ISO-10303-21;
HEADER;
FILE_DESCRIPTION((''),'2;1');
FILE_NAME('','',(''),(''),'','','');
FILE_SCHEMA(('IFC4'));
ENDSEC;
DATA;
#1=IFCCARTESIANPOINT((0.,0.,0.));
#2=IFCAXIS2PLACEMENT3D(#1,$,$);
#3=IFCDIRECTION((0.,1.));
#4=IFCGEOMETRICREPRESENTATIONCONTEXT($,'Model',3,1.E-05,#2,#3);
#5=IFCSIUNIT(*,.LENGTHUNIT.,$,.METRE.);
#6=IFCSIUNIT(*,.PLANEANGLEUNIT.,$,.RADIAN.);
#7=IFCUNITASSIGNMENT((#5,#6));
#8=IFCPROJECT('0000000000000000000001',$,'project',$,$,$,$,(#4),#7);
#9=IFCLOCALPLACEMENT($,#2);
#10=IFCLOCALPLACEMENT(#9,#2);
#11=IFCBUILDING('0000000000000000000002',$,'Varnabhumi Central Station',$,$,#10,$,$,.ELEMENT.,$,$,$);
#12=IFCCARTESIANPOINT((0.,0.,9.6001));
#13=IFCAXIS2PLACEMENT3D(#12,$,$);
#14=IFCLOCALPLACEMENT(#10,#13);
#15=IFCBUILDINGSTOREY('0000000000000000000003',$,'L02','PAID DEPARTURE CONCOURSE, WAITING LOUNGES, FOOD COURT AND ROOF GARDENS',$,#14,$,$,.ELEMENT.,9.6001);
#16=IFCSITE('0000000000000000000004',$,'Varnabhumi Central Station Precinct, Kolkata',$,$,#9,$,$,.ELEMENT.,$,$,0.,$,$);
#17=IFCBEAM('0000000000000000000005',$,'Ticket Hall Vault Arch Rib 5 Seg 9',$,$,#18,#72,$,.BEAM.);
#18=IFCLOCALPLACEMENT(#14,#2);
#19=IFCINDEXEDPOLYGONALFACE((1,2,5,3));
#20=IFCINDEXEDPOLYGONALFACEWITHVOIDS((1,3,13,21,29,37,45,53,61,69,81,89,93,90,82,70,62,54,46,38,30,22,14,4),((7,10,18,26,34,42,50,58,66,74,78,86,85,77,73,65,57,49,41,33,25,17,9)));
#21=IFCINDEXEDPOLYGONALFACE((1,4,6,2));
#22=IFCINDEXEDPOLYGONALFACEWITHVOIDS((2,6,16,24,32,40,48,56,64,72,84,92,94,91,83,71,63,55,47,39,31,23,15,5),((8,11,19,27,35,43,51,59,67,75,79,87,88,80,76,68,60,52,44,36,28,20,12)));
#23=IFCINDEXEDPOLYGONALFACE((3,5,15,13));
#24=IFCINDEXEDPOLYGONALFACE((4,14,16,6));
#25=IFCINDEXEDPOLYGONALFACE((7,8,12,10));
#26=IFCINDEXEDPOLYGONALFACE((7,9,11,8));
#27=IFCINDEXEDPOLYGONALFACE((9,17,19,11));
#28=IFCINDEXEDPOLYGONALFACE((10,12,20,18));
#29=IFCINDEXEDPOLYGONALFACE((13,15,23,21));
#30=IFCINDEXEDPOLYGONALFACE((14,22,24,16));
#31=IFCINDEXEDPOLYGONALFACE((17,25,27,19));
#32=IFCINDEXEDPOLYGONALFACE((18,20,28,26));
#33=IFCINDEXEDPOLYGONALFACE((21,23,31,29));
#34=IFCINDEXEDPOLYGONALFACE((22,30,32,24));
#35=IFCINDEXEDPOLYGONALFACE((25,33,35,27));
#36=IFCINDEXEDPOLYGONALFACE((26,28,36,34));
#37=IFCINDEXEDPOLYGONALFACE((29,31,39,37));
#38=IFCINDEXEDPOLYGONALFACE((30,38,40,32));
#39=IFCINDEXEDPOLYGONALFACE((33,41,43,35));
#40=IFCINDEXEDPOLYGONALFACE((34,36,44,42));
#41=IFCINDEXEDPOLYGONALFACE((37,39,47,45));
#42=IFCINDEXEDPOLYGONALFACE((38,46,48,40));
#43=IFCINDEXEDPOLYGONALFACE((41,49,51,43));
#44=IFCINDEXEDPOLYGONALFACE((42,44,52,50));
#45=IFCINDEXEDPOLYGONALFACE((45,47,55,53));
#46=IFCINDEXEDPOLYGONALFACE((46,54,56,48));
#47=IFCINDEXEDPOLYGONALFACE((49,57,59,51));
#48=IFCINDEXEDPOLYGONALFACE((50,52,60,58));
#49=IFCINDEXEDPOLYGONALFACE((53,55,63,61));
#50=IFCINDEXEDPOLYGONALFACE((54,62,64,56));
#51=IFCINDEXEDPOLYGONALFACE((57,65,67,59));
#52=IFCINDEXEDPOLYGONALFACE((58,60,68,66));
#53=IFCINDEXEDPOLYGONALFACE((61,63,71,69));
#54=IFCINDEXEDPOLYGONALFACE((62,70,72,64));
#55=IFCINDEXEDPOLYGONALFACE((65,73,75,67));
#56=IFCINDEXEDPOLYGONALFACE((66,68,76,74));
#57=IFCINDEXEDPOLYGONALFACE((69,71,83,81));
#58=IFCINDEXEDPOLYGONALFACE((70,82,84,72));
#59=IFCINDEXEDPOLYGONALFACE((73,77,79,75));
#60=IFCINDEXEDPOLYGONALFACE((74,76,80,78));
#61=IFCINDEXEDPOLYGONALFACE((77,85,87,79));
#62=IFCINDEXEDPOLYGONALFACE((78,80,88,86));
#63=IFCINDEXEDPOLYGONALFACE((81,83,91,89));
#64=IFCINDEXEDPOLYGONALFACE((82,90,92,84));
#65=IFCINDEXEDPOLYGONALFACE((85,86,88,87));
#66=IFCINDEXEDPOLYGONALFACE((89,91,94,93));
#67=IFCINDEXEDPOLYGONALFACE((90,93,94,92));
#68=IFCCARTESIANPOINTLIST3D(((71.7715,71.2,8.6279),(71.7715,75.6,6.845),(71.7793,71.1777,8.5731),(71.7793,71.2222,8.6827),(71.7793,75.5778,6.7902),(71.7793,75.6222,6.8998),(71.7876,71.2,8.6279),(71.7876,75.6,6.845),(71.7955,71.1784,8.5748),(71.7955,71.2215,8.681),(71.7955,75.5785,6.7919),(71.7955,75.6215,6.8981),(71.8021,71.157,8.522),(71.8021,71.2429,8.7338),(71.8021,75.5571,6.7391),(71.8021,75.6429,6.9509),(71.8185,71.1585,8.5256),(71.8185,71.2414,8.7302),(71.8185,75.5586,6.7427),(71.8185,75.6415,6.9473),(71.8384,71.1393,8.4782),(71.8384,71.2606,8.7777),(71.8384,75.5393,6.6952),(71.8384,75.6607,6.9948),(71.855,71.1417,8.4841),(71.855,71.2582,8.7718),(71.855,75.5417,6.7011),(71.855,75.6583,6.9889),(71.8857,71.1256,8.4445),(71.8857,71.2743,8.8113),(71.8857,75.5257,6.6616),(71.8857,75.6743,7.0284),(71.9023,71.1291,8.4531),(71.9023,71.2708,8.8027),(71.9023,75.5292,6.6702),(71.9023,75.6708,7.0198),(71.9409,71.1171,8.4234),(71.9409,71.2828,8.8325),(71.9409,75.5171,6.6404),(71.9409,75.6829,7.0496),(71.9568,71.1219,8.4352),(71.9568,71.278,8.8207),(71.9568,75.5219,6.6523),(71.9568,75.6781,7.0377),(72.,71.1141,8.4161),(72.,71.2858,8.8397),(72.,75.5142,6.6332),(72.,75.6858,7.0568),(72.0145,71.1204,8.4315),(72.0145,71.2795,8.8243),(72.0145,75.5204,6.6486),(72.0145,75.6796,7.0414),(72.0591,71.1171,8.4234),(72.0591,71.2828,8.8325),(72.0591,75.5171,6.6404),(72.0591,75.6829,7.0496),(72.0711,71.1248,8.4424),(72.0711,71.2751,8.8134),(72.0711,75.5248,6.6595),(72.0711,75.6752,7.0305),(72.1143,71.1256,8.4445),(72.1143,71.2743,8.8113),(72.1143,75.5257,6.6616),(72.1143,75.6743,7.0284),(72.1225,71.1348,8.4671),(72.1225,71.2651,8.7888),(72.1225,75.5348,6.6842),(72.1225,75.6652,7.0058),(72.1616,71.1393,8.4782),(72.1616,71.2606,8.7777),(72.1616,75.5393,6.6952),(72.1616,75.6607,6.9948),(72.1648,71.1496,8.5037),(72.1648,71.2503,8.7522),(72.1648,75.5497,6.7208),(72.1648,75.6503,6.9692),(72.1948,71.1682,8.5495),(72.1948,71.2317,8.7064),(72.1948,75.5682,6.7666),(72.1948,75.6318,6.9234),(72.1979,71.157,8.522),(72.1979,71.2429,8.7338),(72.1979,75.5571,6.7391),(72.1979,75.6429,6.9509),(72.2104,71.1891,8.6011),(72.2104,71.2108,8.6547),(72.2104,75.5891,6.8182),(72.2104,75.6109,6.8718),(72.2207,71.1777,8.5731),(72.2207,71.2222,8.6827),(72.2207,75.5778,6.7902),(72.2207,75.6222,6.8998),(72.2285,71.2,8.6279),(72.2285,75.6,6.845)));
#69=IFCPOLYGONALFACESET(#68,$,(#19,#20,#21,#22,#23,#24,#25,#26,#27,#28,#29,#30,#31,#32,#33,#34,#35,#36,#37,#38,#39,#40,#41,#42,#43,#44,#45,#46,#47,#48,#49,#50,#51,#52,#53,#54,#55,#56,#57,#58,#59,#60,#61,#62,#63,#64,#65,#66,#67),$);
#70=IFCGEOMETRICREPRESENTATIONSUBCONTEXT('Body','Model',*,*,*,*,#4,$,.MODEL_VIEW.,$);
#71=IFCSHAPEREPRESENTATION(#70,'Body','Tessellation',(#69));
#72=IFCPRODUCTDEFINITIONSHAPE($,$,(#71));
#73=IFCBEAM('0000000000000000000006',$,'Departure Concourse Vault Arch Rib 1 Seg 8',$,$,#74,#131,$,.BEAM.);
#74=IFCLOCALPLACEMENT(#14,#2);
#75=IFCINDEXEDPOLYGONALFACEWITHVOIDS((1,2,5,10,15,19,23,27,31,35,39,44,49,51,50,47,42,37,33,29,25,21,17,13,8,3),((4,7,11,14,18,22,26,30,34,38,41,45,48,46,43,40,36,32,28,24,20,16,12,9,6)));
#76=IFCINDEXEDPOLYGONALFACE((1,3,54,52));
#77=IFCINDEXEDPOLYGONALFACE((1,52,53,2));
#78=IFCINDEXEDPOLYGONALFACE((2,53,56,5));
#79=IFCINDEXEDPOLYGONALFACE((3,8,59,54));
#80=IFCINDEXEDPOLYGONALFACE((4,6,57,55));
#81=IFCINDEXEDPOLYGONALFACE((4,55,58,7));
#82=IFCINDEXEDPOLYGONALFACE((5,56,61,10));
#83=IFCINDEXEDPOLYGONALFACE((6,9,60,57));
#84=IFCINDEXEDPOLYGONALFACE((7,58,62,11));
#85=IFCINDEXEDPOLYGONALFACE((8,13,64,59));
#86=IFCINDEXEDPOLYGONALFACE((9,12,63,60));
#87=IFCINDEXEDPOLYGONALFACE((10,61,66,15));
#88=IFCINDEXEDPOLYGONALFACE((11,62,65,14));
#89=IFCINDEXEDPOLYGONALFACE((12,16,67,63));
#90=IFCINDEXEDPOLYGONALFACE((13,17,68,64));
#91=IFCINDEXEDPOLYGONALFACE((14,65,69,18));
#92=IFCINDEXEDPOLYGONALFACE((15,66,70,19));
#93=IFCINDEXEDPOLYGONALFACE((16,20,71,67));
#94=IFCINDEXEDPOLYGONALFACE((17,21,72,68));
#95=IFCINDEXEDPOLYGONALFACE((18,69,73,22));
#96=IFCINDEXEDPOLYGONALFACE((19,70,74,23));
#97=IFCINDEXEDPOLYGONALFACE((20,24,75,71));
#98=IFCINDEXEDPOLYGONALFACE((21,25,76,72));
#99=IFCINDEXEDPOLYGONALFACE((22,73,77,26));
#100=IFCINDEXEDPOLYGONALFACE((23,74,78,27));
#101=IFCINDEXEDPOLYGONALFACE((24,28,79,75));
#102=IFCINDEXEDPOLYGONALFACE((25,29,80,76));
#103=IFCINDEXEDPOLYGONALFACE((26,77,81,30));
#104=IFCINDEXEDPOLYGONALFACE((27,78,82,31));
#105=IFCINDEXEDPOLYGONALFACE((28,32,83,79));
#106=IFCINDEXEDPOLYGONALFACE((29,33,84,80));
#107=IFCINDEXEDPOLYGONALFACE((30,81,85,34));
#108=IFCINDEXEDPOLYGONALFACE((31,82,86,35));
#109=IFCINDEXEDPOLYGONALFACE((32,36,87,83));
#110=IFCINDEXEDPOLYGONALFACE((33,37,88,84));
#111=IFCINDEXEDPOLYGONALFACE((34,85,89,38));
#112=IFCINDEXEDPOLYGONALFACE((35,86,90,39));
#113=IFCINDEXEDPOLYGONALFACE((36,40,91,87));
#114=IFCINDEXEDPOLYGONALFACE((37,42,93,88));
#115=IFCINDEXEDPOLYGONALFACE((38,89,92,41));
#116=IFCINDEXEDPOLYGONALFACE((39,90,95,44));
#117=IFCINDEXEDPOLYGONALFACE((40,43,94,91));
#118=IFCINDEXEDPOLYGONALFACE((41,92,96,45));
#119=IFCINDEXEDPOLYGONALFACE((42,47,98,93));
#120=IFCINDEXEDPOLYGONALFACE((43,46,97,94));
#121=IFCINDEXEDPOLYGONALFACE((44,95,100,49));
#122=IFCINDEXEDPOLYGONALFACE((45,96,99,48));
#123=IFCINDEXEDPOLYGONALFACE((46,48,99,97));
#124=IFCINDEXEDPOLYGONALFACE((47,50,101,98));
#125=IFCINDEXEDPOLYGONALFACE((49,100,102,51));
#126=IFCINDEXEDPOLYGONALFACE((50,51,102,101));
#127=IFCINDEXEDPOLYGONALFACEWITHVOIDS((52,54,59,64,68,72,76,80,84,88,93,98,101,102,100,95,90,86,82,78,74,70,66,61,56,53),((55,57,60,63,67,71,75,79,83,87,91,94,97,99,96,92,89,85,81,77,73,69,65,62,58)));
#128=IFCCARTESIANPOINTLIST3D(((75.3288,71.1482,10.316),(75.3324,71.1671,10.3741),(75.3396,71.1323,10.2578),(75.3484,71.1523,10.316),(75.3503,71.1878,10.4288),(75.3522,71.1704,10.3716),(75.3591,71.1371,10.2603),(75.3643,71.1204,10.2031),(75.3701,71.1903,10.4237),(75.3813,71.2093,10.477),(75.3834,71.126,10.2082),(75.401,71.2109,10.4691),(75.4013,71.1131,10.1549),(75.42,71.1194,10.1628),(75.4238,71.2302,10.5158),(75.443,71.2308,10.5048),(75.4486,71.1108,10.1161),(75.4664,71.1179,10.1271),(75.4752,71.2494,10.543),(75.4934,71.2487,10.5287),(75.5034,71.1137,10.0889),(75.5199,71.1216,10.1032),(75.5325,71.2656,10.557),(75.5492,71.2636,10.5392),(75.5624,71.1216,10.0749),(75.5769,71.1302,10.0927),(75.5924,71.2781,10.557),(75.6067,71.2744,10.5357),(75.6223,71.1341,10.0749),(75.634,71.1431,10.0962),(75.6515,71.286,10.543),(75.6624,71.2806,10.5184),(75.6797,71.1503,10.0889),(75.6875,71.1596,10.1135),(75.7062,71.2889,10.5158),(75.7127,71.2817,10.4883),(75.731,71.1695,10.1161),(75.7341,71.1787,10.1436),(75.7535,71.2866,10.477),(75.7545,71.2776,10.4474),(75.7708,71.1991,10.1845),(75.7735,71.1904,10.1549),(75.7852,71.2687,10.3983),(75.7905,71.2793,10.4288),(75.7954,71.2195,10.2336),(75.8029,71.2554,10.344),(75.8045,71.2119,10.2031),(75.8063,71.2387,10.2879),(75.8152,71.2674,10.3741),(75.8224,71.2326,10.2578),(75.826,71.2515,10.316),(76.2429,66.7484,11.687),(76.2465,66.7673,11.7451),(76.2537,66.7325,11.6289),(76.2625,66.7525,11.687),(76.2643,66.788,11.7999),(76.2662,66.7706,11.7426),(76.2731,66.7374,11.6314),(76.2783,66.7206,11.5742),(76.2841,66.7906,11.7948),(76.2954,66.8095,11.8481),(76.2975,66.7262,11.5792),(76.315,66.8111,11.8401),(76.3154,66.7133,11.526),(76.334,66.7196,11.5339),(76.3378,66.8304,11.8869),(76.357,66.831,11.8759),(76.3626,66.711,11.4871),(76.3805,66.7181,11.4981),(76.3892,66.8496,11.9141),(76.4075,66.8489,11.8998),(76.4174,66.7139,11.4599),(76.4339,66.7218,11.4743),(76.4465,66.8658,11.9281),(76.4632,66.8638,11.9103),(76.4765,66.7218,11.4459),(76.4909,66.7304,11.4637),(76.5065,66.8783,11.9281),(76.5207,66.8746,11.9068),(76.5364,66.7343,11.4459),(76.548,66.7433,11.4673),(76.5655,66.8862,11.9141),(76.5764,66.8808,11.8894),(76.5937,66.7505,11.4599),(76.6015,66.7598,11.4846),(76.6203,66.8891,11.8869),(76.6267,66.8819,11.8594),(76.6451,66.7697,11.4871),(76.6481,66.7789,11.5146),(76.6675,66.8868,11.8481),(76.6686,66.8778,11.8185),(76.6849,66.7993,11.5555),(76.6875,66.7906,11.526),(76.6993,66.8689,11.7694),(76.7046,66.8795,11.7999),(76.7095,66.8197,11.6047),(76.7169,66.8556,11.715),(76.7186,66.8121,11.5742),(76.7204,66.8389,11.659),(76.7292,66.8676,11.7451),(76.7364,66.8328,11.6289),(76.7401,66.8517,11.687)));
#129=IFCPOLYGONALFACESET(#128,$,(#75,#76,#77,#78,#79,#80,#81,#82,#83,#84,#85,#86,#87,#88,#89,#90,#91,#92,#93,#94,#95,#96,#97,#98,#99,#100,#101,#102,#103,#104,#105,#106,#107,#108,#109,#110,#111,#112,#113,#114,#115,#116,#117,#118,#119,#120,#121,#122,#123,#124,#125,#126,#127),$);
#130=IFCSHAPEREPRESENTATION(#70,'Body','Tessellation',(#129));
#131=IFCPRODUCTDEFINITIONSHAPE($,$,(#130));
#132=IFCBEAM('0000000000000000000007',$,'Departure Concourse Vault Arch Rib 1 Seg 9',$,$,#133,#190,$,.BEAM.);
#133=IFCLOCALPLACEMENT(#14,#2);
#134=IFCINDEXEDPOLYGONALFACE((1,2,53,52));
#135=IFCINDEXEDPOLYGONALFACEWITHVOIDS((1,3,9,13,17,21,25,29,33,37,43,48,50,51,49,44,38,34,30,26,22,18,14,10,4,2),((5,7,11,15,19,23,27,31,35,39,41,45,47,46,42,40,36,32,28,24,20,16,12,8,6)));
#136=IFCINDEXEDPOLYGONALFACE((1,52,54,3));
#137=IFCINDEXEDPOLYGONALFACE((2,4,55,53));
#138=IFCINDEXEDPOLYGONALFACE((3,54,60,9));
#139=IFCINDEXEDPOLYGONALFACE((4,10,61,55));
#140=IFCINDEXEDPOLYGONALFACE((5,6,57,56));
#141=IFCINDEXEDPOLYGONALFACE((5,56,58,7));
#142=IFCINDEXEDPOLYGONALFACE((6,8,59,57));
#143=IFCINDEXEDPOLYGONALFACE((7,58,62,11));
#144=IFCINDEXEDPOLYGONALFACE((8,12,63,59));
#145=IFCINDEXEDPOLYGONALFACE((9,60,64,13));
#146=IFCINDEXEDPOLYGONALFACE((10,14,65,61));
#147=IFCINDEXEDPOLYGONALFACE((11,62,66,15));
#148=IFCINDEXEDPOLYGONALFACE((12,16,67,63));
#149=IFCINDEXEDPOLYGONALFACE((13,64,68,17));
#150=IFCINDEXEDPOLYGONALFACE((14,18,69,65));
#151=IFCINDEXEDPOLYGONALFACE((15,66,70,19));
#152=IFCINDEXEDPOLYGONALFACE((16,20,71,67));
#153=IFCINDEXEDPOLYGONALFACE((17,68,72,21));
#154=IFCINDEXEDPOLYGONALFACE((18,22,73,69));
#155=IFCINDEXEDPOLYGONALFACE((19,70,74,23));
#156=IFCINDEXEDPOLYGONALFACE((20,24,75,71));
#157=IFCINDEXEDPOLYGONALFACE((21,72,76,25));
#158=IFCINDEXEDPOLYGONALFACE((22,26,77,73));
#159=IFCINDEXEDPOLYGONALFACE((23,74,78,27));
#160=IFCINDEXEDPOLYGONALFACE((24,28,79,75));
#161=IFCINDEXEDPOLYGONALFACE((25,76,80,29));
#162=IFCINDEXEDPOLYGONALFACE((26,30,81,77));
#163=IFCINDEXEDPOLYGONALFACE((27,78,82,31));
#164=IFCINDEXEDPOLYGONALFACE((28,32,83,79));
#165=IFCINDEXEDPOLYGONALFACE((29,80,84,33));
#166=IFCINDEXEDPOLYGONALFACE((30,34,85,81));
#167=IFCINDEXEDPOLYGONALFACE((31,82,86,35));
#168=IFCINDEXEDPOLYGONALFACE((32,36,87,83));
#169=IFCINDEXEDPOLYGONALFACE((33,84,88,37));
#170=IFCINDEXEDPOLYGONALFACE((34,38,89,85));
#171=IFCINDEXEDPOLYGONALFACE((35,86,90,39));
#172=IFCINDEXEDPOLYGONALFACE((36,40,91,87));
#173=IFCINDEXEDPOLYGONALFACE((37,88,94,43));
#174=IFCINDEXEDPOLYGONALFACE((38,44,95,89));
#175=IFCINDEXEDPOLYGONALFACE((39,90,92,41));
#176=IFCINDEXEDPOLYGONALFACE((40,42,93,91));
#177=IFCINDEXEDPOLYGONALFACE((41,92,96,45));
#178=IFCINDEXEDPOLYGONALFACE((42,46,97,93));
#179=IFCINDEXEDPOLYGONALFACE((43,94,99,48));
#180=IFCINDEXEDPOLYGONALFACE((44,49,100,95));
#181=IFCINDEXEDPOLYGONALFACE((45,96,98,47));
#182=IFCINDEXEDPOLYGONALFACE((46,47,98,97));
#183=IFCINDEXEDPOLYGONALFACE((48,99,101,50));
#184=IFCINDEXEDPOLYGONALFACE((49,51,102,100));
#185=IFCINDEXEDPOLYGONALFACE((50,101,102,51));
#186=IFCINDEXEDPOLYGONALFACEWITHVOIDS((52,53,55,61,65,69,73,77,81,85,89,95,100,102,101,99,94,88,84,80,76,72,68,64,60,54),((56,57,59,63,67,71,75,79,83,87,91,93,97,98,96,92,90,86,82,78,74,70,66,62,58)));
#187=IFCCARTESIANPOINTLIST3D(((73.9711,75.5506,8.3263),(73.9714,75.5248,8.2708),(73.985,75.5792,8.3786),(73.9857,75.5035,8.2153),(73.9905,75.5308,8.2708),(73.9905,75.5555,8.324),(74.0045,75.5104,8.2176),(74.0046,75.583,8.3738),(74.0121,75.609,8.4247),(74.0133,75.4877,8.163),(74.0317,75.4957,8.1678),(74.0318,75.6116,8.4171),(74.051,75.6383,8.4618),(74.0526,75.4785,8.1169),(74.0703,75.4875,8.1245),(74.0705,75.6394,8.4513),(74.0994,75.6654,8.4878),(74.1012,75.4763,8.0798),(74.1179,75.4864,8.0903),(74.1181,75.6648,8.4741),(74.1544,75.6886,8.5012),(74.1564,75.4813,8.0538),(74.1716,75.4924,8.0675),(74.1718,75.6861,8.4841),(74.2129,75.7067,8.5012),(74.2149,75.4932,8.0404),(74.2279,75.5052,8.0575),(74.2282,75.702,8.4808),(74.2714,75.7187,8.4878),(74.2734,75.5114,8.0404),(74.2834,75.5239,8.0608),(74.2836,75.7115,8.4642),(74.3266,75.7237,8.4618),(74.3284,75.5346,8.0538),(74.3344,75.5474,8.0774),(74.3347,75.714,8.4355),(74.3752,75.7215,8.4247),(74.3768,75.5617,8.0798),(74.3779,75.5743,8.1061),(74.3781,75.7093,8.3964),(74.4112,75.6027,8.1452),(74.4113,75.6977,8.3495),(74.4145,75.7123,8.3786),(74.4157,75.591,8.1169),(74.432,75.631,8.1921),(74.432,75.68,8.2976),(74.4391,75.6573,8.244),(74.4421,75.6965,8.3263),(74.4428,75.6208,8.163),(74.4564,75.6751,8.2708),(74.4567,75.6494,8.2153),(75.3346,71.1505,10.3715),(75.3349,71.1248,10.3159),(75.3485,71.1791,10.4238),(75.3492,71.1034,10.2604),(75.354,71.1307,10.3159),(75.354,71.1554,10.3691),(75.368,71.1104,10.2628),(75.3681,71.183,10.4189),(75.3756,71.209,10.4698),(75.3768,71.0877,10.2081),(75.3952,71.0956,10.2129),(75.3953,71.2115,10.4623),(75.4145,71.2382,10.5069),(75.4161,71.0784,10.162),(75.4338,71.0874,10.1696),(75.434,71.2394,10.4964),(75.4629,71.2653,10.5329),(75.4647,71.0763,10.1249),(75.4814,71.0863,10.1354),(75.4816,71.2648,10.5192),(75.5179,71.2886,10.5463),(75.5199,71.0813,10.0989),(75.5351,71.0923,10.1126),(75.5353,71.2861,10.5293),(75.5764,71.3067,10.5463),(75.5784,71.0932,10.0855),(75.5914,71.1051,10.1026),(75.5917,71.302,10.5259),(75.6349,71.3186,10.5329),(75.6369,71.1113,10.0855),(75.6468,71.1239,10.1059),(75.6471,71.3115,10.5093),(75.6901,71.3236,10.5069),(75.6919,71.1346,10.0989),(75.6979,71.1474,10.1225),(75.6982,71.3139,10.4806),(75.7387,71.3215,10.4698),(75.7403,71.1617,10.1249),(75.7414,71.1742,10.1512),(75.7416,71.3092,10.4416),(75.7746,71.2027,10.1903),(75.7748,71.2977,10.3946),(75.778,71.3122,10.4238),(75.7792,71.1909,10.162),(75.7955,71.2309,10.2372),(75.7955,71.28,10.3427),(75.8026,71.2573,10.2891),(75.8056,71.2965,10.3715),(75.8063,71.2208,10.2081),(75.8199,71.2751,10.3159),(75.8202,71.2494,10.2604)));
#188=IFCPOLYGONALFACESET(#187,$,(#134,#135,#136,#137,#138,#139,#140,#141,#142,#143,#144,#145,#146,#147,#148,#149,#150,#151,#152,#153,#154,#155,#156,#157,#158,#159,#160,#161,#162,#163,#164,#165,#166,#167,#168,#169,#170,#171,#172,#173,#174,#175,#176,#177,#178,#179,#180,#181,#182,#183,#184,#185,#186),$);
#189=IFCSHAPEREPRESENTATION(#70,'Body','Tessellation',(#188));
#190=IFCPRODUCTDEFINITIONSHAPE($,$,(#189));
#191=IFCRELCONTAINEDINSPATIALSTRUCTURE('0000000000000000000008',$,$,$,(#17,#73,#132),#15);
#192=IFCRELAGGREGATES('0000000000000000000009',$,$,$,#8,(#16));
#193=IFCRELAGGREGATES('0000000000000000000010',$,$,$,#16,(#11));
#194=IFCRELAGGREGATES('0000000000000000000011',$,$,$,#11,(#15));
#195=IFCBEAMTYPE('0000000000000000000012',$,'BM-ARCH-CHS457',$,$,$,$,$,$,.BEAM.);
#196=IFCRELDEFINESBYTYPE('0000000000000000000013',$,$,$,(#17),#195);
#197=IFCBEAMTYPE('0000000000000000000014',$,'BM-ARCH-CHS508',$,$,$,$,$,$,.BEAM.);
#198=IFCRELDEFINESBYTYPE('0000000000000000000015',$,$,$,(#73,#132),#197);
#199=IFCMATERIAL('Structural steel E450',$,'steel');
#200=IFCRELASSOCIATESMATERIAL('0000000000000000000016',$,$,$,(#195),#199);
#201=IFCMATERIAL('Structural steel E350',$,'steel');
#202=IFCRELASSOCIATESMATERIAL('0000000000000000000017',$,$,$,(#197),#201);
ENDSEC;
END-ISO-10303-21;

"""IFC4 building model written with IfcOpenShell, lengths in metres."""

from ifc_helpers import new_model, si_unit, direction, frame, origin, origin_2d, place, context, subcontext, project, spatial, hollow_circle, extrude, material, material_profile, profile_set, type_object, element, save


model = new_model("IFC4")

# Units and contexts
model_context = context("Model", 3, precision=1e-05, world=origin(), true_north=direction((0.0, 1.0)))
body_context = subcontext(model_context, "Body", "Model", "MODEL_VIEW")
ifc_project = project(units=[si_unit("LENGTHUNIT", "METRE"), si_unit("PLANEANGLEUNIT", "RADIAN")], contexts=[model_context])

# Site, building, storey
site_placement = place(None, origin())
site = spatial("IfcSite", under=ifc_project, at=site_placement, Name="Varnabhumi Central Station Precinct, Kolkata", CompositionType="ELEMENT", RefElevation=0.0)
building_placement = place(site_placement, origin())
building = spatial("IfcBuilding", under=site, at=building_placement, Name="Varnabhumi Central Station", CompositionType="ELEMENT")
storey_placement = place(building_placement, frame((0.0, 0.0, 9.6001)))
storey = spatial("IfcBuildingStorey", under=building, at=storey_placement, Name="L02", Description="PAID DEPARTURE CONCOURSE, WAITING LOUNGES, FOOD COURT AND ROOF GARDENS", CompositionType="ELEMENT", Elevation=9.6001)

# Beams
ifc_material_1 = material(Name="Structural steel E450", Category="steel")
ifc_material_profile_1 = material_profile(ifc_material_1, hollow_circle(Radius=0.2285, WallThickness=0.0161, at=origin_2d()), Name="Structural steel E450", Category="steel")
ifc_profile_set_1 = profile_set([ifc_material_profile_1], Name="Structural steel E450")
beam_type_1 = type_object("IfcBeamType", Name="BM-ARCH-CHS457", PredefinedType="BEAM", material=ifc_profile_set_1)
beam_1_placement = place(storey_placement, frame((72.0, 71.2, 8.6279), z_axis=(0.0, 0.926804, -0.375545), x_axis=(-1.0, 0.0, 0.0)))
element("IfcBeam", 1, at=beam_1_placement, inside=storey, type_object=beam_type_1, Name="Ticket Hall Vault Arch Rib 5 Seg 9", PredefinedType="BEAM", context=body_context, shape_type="SweptSolid", body=[
    extrude(hollow_circle(Radius=0.2285, WallThickness=0.0161, at=origin_2d()), origin(), (0.0, 0.0, 1.0), 4.7476),
])
ifc_material_2 = material(Name="Structural steel E350", Category="steel")
ifc_material_profile_2 = material_profile(ifc_material_2, hollow_circle(Radius=0.2539, WallThickness=0.02, at=origin_2d()), Name="Structural steel E350", Category="steel")
ifc_profile_set_2 = profile_set([ifc_material_profile_2], Name="Structural steel E350")
beam_type_2 = type_object("IfcBeamType", Name="BM-ARCH-CHS508", PredefinedType="BEAM", material=ifc_profile_set_2)
beam_2_placement = place(storey_placement, frame((76.4915, 66.8, 11.687), z_axis=(-0.194549, 0.936477, -0.291824), x_axis=(-0.979095, -0.203403, 0.0)))
element("IfcBeam", 2, at=beam_2_placement, inside=storey, type_object=beam_type_2, Name="Departure Concourse Vault Arch Rib 1 Seg 8", PredefinedType="BEAM", context=body_context, shape_type="SweptSolid", body=[
    extrude(hollow_circle(Radius=0.2539, WallThickness=0.02, at=origin_2d()), origin(), (0.0, 0.0, 1.0), 4.6982),
])
beam_3_placement = place(storey_placement, frame((75.5774, 71.2, 10.3159), z_axis=(-0.270532, 0.873018, -0.405774), x_axis=(-0.955189, -0.295996, 0.0)))
element("IfcBeam", 3, at=beam_3_placement, inside=storey, type_object=beam_type_2, Name="Departure Concourse Vault Arch Rib 1 Seg 9", PredefinedType="BEAM", context=body_context, shape_type="SweptSolid", body=[
    extrude(hollow_circle(Radius=0.2539, WallThickness=0.02, at=origin_2d()), origin(), (0.0, 0.0, 1.0), 5.04),
])

save(model, "model.ifc")
